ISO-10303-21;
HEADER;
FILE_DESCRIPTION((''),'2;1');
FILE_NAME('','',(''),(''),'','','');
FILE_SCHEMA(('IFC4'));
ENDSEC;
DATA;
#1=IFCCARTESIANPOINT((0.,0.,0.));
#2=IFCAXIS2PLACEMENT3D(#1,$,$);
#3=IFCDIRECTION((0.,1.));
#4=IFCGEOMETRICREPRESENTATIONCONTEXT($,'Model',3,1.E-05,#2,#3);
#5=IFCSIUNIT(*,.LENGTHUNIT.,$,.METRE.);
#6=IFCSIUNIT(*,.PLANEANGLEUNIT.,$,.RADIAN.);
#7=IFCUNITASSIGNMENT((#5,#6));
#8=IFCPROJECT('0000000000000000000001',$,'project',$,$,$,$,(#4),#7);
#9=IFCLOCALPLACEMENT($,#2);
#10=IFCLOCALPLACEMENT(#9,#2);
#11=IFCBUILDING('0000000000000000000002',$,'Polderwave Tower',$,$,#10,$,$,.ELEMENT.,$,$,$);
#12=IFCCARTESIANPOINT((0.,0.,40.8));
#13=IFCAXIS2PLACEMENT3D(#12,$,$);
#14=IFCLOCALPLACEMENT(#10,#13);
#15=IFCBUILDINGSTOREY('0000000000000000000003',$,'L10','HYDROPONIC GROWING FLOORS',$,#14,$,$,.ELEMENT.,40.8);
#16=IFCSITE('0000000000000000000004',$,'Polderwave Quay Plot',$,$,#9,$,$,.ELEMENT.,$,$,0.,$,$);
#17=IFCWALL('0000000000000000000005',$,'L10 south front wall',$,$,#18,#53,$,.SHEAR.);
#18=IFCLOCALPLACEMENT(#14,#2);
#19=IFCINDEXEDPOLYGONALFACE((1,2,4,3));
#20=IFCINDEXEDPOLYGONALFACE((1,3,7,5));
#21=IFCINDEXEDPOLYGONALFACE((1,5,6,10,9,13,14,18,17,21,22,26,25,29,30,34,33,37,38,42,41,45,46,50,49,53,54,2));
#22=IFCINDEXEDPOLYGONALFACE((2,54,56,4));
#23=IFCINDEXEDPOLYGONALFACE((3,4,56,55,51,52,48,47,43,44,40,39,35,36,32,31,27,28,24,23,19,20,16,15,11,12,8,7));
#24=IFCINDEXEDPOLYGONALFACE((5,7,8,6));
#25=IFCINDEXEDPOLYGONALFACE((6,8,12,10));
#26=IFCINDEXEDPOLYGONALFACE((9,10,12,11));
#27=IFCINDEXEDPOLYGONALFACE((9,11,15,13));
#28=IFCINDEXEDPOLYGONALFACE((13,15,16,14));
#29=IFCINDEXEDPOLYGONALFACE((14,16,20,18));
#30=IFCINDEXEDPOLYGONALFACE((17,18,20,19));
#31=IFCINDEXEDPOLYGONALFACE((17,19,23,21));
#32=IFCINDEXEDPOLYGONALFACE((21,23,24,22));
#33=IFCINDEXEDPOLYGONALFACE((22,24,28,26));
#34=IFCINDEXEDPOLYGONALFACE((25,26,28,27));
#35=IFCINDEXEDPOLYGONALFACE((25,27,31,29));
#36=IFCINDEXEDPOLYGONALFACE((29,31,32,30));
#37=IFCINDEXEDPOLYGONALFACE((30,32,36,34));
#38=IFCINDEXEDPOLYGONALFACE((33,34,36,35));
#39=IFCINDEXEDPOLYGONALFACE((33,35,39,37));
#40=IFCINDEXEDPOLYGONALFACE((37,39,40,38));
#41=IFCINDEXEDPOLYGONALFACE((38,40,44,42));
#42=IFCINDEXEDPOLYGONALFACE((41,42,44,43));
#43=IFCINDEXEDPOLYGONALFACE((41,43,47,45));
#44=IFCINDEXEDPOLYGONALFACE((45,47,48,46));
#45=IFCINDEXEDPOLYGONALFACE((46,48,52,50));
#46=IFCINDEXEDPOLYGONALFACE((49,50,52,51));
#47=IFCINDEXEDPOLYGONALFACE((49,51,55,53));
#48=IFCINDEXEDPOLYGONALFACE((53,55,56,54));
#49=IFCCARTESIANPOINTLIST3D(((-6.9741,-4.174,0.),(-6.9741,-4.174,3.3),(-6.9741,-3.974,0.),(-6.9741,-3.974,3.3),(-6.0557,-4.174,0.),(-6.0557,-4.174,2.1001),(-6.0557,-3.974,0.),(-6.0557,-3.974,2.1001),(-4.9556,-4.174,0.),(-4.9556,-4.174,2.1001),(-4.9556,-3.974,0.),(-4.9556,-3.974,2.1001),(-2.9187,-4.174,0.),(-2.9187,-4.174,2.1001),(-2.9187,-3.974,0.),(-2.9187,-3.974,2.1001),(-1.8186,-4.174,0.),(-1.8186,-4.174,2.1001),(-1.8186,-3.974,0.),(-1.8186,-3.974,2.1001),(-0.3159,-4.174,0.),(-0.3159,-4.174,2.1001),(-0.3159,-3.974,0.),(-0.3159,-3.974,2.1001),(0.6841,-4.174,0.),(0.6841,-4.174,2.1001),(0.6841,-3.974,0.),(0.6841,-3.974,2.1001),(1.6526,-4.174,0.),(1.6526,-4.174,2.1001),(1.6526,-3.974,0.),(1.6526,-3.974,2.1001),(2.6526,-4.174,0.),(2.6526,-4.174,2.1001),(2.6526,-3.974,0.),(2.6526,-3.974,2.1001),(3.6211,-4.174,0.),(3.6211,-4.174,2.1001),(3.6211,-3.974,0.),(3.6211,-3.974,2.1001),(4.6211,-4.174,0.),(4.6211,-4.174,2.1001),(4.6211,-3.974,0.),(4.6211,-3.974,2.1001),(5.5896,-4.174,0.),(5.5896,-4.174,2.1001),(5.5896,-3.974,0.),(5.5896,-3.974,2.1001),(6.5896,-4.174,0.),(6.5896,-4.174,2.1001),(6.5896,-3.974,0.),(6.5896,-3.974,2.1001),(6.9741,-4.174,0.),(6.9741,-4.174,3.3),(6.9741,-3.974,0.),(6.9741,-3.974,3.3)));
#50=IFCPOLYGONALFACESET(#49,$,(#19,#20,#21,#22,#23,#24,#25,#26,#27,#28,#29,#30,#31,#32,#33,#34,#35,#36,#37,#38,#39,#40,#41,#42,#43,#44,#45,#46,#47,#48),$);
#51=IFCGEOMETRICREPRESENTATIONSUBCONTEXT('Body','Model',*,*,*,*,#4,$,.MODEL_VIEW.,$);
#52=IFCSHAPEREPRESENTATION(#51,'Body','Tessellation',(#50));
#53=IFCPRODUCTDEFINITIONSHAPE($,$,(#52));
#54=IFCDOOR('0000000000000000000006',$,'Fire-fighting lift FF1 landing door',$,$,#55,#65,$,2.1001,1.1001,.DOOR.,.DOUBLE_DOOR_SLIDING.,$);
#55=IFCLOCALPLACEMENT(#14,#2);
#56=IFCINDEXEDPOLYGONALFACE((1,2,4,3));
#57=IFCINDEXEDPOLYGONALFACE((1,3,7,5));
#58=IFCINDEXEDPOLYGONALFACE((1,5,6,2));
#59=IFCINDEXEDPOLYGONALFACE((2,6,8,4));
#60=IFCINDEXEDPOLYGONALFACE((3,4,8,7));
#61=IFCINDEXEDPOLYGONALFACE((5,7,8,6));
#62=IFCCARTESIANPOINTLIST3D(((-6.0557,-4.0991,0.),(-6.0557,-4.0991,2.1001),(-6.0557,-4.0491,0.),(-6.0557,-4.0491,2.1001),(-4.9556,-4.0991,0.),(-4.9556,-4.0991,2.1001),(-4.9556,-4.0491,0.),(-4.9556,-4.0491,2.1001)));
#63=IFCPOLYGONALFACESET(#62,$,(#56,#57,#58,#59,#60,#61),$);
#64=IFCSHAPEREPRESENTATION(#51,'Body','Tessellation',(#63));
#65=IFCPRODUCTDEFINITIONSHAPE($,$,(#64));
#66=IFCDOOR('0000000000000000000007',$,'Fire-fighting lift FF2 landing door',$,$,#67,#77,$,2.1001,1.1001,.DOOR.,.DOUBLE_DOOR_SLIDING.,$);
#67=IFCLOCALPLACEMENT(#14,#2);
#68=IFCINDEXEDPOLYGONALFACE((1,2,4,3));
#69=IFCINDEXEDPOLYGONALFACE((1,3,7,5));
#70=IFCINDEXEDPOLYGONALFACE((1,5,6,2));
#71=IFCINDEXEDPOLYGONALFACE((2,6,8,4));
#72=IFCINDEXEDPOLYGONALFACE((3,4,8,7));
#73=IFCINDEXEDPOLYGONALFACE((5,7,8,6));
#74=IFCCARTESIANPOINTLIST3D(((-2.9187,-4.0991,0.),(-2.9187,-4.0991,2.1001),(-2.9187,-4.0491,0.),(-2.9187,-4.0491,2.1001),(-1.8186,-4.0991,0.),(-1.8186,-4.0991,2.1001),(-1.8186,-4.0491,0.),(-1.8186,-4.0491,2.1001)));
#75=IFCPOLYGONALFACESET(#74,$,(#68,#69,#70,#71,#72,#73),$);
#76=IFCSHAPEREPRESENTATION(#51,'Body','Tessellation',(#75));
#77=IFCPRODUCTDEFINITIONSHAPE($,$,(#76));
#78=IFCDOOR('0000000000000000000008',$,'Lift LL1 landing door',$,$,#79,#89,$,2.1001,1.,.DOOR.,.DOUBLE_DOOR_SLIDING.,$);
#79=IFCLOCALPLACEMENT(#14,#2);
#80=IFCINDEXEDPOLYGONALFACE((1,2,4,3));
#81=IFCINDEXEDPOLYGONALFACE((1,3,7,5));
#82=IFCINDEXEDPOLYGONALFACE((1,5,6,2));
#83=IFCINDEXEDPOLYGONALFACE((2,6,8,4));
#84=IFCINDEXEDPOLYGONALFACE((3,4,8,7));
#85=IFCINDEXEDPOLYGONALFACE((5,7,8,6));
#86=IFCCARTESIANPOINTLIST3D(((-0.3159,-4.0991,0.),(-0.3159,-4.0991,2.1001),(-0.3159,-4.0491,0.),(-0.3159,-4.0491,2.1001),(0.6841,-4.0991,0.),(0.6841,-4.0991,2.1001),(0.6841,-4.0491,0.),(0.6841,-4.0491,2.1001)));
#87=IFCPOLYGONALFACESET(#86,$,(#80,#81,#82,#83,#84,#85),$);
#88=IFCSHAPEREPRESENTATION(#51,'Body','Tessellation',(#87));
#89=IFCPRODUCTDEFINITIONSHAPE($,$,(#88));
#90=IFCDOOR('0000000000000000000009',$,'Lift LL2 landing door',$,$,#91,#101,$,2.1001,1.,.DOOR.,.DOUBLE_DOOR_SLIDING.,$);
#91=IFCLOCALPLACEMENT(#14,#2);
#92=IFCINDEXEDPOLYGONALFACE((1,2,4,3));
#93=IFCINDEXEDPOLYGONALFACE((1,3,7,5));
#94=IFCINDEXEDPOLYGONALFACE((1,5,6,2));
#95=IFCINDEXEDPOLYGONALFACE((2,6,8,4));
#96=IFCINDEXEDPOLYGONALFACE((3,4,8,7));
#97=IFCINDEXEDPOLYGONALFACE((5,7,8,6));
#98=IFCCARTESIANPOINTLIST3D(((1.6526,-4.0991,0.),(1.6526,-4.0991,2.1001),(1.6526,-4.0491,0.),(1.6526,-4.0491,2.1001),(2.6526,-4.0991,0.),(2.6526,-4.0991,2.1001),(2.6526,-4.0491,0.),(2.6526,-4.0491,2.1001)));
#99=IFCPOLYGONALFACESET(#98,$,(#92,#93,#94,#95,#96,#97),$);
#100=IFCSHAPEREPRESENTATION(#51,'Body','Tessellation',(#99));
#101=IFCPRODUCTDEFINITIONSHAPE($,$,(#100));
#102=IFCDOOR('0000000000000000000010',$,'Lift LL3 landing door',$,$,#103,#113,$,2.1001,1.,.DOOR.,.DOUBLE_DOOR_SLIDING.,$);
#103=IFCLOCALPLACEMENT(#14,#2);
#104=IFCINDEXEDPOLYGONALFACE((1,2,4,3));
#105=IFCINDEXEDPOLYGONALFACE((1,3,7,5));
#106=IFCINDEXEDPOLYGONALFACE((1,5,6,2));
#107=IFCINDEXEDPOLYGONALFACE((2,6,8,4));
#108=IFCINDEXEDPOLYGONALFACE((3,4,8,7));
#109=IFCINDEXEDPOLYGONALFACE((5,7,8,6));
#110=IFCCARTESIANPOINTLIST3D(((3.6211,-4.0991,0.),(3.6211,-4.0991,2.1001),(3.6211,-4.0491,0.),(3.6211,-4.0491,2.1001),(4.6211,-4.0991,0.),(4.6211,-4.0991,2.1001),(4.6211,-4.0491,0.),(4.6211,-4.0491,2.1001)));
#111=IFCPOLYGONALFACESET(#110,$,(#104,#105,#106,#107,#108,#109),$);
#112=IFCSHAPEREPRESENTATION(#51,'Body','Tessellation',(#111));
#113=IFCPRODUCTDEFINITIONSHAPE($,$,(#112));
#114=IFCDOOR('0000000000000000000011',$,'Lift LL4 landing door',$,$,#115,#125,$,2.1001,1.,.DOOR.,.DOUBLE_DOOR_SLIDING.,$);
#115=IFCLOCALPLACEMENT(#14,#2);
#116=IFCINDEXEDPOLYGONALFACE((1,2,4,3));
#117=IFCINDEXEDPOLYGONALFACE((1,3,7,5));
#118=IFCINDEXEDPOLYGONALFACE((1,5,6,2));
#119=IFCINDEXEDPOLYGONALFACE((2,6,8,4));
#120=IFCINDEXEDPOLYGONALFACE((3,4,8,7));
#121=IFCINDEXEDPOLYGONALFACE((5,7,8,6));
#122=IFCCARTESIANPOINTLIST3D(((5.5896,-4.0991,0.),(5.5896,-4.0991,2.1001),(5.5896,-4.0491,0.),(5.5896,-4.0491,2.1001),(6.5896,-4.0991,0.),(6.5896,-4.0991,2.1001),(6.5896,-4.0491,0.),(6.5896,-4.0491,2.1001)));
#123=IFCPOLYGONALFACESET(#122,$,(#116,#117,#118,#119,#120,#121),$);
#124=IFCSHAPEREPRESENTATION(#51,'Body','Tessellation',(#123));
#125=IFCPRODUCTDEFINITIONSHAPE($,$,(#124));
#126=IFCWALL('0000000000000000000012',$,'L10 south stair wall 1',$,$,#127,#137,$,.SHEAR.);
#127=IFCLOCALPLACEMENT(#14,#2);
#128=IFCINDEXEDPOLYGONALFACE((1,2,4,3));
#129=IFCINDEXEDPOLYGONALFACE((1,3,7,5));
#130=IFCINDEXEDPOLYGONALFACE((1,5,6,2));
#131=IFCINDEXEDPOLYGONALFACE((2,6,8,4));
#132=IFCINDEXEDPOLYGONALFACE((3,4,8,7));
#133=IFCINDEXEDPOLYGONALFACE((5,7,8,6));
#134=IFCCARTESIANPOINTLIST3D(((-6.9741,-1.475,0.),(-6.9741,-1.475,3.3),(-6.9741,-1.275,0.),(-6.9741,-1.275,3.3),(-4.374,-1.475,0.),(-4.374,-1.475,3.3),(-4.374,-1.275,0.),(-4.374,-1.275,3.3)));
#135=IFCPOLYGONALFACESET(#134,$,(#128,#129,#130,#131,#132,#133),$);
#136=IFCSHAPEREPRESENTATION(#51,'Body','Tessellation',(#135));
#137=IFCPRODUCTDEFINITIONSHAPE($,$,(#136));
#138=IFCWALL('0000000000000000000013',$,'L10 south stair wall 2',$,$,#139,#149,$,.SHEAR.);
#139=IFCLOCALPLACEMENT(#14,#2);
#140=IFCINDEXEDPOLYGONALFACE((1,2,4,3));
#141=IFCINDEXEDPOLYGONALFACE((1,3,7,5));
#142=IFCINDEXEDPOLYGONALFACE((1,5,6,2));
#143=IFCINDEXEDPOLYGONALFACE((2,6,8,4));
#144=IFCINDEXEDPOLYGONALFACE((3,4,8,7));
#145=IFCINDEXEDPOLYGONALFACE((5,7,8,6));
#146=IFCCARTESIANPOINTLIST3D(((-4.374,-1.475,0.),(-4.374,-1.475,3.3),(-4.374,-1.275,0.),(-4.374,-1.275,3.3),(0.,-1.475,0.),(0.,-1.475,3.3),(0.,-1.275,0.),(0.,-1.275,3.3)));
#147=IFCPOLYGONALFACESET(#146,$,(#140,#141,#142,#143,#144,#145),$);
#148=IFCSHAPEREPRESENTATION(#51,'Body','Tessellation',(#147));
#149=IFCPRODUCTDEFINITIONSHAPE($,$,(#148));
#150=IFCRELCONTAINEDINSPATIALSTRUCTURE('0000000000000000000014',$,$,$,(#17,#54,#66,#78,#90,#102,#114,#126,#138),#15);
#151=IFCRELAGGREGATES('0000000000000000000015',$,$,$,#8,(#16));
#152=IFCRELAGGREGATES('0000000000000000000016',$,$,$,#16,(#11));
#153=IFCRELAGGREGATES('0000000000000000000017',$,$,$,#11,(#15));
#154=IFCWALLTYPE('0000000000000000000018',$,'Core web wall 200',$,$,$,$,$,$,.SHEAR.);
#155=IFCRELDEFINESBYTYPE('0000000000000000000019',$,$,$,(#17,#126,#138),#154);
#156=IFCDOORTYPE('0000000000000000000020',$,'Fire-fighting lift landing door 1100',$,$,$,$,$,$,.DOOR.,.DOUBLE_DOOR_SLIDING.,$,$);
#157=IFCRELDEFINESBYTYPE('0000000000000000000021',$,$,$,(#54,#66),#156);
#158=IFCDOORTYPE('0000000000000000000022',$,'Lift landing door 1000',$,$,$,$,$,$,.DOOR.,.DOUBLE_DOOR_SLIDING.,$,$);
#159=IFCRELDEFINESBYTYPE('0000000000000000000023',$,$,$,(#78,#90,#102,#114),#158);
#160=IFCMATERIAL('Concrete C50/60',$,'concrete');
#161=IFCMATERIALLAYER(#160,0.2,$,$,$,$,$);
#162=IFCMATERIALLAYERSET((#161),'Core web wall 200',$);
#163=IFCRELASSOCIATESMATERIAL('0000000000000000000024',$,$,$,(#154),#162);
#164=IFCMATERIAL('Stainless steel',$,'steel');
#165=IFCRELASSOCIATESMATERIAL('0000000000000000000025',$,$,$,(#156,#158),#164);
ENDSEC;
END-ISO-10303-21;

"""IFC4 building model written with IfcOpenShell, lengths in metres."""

from ifc_helpers import new_model, si_unit, direction, frame, frame_2d, origin, place, context, subcontext, project, spatial, rectangle, extrude, material, layer, layer_set, type_object, element, fill, save


model = new_model("IFC4")

# Units and contexts
model_context = context("Model", 3, precision=1e-05, world=origin(), true_north=direction((0.0, 1.0)))
body_context = subcontext(model_context, "Body", "Model", "MODEL_VIEW")
ifc_project = project(units=[si_unit("LENGTHUNIT", "METRE"), si_unit("PLANEANGLEUNIT", "RADIAN")], contexts=[model_context])

# Site, building, storey
site_placement = place(None, origin())
site = spatial("IfcSite", under=ifc_project, at=site_placement, Name="Polderwave Quay Plot", CompositionType="ELEMENT", RefElevation=0.0)
building_placement = place(site_placement, origin())
building = spatial("IfcBuilding", under=site, at=building_placement, Name="Polderwave Tower", CompositionType="ELEMENT")
storey_placement = place(building_placement, frame((0.0, 0.0, 40.8)))
storey = spatial("IfcBuildingStorey", under=building, at=storey_placement, Name="L10", Description="HYDROPONIC GROWING FLOORS", CompositionType="ELEMENT", Elevation=40.8)

# Wall, openings, doors
ifc_material_1 = material(Name="Concrete C50/60", Category="concrete")
ifc_layer_1 = layer(ifc_material_1, 0.2)
ifc_layer_set_1 = layer_set([ifc_layer_1], Name="Core web wall 200")
wall_type_1 = type_object("IfcWallType", Name="Core web wall 200", PredefinedType="SHEAR", material=ifc_layer_set_1)
wall_1_placement = place(storey_placement, frame((-6.9741, -4.074, 0.0), z_axis=(0.0, 0.0, 1.0), x_axis=(1.0, 0.0, 0.0)))
wall_1 = element("IfcWall", 1, at=wall_1_placement, inside=storey, type_object=wall_type_1, Name="L10 south front wall", PredefinedType="SHEAR", context=body_context, shape_type="SweptSolid", body=[
    extrude(rectangle(XDim=13.9482, YDim=0.2, at=frame_2d((6.9741, 0.0))), origin(), (0.0, 0.0, 1.0), 3.3),
])
opening_1_placement = place(wall_1_placement, frame((0.9185, 0.0, 0.0)))
opening_1 = element("IfcOpeningElement", 2, at=opening_1_placement, cuts=wall_1, PredefinedType="OPENING", context=body_context, shape_type="SweptSolid", body=[
    extrude(rectangle(XDim=1.1001, YDim=2.1001, at=frame_2d((0.55, 1.05))), frame((0.0, 0.1099, 0.0), z_axis=(0.0, -1.0, 0.0), x_axis=(1.0, 0.0, 0.0)), (0.0, 0.0, 1.0), 0.22),
])
opening_2_placement = place(wall_1_placement, frame((4.0554, 0.0, 0.0)))
opening_2 = element("IfcOpeningElement", 3, at=opening_2_placement, cuts=wall_1, PredefinedType="OPENING", context=body_context, shape_type="SweptSolid", body=[
    extrude(rectangle(XDim=1.1001, YDim=2.1001, at=frame_2d((0.55, 1.05))), frame((0.0, 0.1099, 0.0), z_axis=(0.0, -1.0, 0.0), x_axis=(1.0, 0.0, 0.0)), (0.0, 0.0, 1.0), 0.22),
])
opening_3_placement = place(wall_1_placement, frame((6.6582, 0.0, 0.0)))
opening_3 = element("IfcOpeningElement", 4, at=opening_3_placement, cuts=wall_1, PredefinedType="OPENING", context=body_context, shape_type="SweptSolid", body=[
    extrude(rectangle(XDim=1.0, YDim=2.1001, at=frame_2d((0.5, 1.05))), frame((0.0, 0.1099, 0.0), z_axis=(0.0, -1.0, 0.0), x_axis=(1.0, 0.0, 0.0)), (0.0, 0.0, 1.0), 0.22),
])
opening_4_placement = place(wall_1_placement, frame((8.6267, 0.0, 0.0)))
opening_4 = element("IfcOpeningElement", 5, at=opening_4_placement, cuts=wall_1, PredefinedType="OPENING", context=body_context, shape_type="SweptSolid", body=[
    extrude(rectangle(XDim=1.0, YDim=2.1001, at=frame_2d((0.5, 1.05))), frame((0.0, 0.1099, 0.0), z_axis=(0.0, -1.0, 0.0), x_axis=(1.0, 0.0, 0.0)), (0.0, 0.0, 1.0), 0.22),
])
opening_5_placement = place(wall_1_placement, frame((10.5952, 0.0, 0.0)))
opening_5 = element("IfcOpeningElement", 6, at=opening_5_placement, cuts=wall_1, PredefinedType="OPENING", context=body_context, shape_type="SweptSolid", body=[
    extrude(rectangle(XDim=1.0, YDim=2.1001, at=frame_2d((0.5, 1.05))), frame((0.0, 0.1099, 0.0), z_axis=(0.0, -1.0, 0.0), x_axis=(1.0, 0.0, 0.0)), (0.0, 0.0, 1.0), 0.22),
])
opening_6_placement = place(wall_1_placement, frame((12.5637, 0.0, 0.0)))
opening_6 = element("IfcOpeningElement", 7, at=opening_6_placement, cuts=wall_1, PredefinedType="OPENING", context=body_context, shape_type="SweptSolid", body=[
    extrude(rectangle(XDim=1.0, YDim=2.1001, at=frame_2d((0.5, 1.05))), frame((0.0, 0.1099, 0.0), z_axis=(0.0, -1.0, 0.0), x_axis=(1.0, 0.0, 0.0)), (0.0, 0.0, 1.0), 0.22),
])
ifc_material_2 = material(Name="Stainless steel", Category="steel")
door_type_1 = type_object("IfcDoorType", Name="Fire-fighting lift landing door 1100", OperationType="DOUBLE_DOOR_SLIDING", PredefinedType="DOOR", material=ifc_material_2)
door_1_placement = place(opening_1_placement, origin())
door_1 = element("IfcDoor", 8, at=door_1_placement, inside=storey, type_object=door_type_1, Name="Fire-fighting lift FF1 landing door", OperationType="DOUBLE_DOOR_SLIDING", OverallHeight=2.1001, OverallWidth=1.1001, PredefinedType="DOOR", context=body_context, shape_type="SweptSolid", body=[
    extrude(rectangle(XDim=1.1001, YDim=2.1001, at=frame_2d((0.55, 1.05))), frame((0.0, 0.0249, 0.0), z_axis=(0.0, -1.0, 0.0), x_axis=(1.0, 0.0, 0.0)), (0.0, 0.0, 1.0), 0.05),
])
fill(opening_1, door_1)
door_2_placement = place(opening_2_placement, origin())
door_2 = element("IfcDoor", 9, at=door_2_placement, inside=storey, type_object=door_type_1, Name="Fire-fighting lift FF2 landing door", OperationType="DOUBLE_DOOR_SLIDING", OverallHeight=2.1001, OverallWidth=1.1001, PredefinedType="DOOR", context=body_context, shape_type="SweptSolid", body=[
    extrude(rectangle(XDim=1.1001, YDim=2.1001, at=frame_2d((0.55, 1.05))), frame((0.0, 0.0249, 0.0), z_axis=(0.0, -1.0, 0.0), x_axis=(1.0, 0.0, 0.0)), (0.0, 0.0, 1.0), 0.05),
])
fill(opening_2, door_2)
door_type_2 = type_object("IfcDoorType", Name="Lift landing door 1000", OperationType="DOUBLE_DOOR_SLIDING", PredefinedType="DOOR", material=ifc_material_2)
door_3_placement = place(opening_3_placement, origin())
door_3 = element("IfcDoor", 10, at=door_3_placement, inside=storey, type_object=door_type_2, Name="Lift LL1 landing door", OperationType="DOUBLE_DOOR_SLIDING", OverallHeight=2.1001, OverallWidth=1.0, PredefinedType="DOOR", context=body_context, shape_type="SweptSolid", body=[
    extrude(rectangle(XDim=1.0, YDim=2.1001, at=frame_2d((0.5, 1.05))), frame((0.0, 0.0249, 0.0), z_axis=(0.0, -1.0, 0.0), x_axis=(1.0, 0.0, 0.0)), (0.0, 0.0, 1.0), 0.05),
])
fill(opening_3, door_3)
door_4_placement = place(opening_4_placement, origin())
door_4 = element("IfcDoor", 11, at=door_4_placement, inside=storey, type_object=door_type_2, Name="Lift LL2 landing door", OperationType="DOUBLE_DOOR_SLIDING", OverallHeight=2.1001, OverallWidth=1.0, PredefinedType="DOOR", context=body_context, shape_type="SweptSolid", body=[
    extrude(rectangle(XDim=1.0, YDim=2.1001, at=frame_2d((0.5, 1.05))), frame((0.0, 0.0249, 0.0), z_axis=(0.0, -1.0, 0.0), x_axis=(1.0, 0.0, 0.0)), (0.0, 0.0, 1.0), 0.05),
])
fill(opening_4, door_4)
door_5_placement = place(opening_5_placement, origin())
door_5 = element("IfcDoor", 12, at=door_5_placement, inside=storey, type_object=door_type_2, Name="Lift LL3 landing door", OperationType="DOUBLE_DOOR_SLIDING", OverallHeight=2.1001, OverallWidth=1.0, PredefinedType="DOOR", context=body_context, shape_type="SweptSolid", body=[
    extrude(rectangle(XDim=1.0, YDim=2.1001, at=frame_2d((0.5, 1.05))), frame((0.0, 0.0249, 0.0), z_axis=(0.0, -1.0, 0.0), x_axis=(1.0, 0.0, 0.0)), (0.0, 0.0, 1.0), 0.05),
])
fill(opening_5, door_5)
door_6_placement = place(opening_6_placement, origin())
door_6 = element("IfcDoor", 13, at=door_6_placement, inside=storey, type_object=door_type_2, Name="Lift LL4 landing door", OperationType="DOUBLE_DOOR_SLIDING", OverallHeight=2.1001, OverallWidth=1.0, PredefinedType="DOOR", context=body_context, shape_type="SweptSolid", body=[
    extrude(rectangle(XDim=1.0, YDim=2.1001, at=frame_2d((0.5, 1.05))), frame((0.0, 0.0249, 0.0), z_axis=(0.0, -1.0, 0.0), x_axis=(1.0, 0.0, 0.0)), (0.0, 0.0, 1.0), 0.05),
])
fill(opening_6, door_6)

# Walls
wall_2_placement = place(storey_placement, frame((-6.9741, -1.375, 0.0), z_axis=(0.0, 0.0, 1.0), x_axis=(1.0, 0.0, 0.0)))
element("IfcWall", 14, at=wall_2_placement, inside=storey, type_object=wall_type_1, Name="L10 south stair wall 1", PredefinedType="SHEAR", context=body_context, shape_type="SweptSolid", body=[
    extrude(rectangle(XDim=2.6001, YDim=0.2, at=frame_2d((1.3, 0.0))), origin(), (0.0, 0.0, 1.0), 3.3),
])
wall_3_placement = place(storey_placement, frame((-4.374, -1.375, 0.0), z_axis=(0.0, 0.0, 1.0), x_axis=(1.0, 0.0, 0.0)))
element("IfcWall", 15, at=wall_3_placement, inside=storey, type_object=wall_type_1, Name="L10 south stair wall 2", PredefinedType="SHEAR", context=body_context, shape_type="SweptSolid", body=[
    extrude(rectangle(XDim=4.374, YDim=0.2, at=frame_2d((2.187, 0.0))), origin(), (0.0, 0.0, 1.0), 3.3),
])

save(model, "model.ifc")
